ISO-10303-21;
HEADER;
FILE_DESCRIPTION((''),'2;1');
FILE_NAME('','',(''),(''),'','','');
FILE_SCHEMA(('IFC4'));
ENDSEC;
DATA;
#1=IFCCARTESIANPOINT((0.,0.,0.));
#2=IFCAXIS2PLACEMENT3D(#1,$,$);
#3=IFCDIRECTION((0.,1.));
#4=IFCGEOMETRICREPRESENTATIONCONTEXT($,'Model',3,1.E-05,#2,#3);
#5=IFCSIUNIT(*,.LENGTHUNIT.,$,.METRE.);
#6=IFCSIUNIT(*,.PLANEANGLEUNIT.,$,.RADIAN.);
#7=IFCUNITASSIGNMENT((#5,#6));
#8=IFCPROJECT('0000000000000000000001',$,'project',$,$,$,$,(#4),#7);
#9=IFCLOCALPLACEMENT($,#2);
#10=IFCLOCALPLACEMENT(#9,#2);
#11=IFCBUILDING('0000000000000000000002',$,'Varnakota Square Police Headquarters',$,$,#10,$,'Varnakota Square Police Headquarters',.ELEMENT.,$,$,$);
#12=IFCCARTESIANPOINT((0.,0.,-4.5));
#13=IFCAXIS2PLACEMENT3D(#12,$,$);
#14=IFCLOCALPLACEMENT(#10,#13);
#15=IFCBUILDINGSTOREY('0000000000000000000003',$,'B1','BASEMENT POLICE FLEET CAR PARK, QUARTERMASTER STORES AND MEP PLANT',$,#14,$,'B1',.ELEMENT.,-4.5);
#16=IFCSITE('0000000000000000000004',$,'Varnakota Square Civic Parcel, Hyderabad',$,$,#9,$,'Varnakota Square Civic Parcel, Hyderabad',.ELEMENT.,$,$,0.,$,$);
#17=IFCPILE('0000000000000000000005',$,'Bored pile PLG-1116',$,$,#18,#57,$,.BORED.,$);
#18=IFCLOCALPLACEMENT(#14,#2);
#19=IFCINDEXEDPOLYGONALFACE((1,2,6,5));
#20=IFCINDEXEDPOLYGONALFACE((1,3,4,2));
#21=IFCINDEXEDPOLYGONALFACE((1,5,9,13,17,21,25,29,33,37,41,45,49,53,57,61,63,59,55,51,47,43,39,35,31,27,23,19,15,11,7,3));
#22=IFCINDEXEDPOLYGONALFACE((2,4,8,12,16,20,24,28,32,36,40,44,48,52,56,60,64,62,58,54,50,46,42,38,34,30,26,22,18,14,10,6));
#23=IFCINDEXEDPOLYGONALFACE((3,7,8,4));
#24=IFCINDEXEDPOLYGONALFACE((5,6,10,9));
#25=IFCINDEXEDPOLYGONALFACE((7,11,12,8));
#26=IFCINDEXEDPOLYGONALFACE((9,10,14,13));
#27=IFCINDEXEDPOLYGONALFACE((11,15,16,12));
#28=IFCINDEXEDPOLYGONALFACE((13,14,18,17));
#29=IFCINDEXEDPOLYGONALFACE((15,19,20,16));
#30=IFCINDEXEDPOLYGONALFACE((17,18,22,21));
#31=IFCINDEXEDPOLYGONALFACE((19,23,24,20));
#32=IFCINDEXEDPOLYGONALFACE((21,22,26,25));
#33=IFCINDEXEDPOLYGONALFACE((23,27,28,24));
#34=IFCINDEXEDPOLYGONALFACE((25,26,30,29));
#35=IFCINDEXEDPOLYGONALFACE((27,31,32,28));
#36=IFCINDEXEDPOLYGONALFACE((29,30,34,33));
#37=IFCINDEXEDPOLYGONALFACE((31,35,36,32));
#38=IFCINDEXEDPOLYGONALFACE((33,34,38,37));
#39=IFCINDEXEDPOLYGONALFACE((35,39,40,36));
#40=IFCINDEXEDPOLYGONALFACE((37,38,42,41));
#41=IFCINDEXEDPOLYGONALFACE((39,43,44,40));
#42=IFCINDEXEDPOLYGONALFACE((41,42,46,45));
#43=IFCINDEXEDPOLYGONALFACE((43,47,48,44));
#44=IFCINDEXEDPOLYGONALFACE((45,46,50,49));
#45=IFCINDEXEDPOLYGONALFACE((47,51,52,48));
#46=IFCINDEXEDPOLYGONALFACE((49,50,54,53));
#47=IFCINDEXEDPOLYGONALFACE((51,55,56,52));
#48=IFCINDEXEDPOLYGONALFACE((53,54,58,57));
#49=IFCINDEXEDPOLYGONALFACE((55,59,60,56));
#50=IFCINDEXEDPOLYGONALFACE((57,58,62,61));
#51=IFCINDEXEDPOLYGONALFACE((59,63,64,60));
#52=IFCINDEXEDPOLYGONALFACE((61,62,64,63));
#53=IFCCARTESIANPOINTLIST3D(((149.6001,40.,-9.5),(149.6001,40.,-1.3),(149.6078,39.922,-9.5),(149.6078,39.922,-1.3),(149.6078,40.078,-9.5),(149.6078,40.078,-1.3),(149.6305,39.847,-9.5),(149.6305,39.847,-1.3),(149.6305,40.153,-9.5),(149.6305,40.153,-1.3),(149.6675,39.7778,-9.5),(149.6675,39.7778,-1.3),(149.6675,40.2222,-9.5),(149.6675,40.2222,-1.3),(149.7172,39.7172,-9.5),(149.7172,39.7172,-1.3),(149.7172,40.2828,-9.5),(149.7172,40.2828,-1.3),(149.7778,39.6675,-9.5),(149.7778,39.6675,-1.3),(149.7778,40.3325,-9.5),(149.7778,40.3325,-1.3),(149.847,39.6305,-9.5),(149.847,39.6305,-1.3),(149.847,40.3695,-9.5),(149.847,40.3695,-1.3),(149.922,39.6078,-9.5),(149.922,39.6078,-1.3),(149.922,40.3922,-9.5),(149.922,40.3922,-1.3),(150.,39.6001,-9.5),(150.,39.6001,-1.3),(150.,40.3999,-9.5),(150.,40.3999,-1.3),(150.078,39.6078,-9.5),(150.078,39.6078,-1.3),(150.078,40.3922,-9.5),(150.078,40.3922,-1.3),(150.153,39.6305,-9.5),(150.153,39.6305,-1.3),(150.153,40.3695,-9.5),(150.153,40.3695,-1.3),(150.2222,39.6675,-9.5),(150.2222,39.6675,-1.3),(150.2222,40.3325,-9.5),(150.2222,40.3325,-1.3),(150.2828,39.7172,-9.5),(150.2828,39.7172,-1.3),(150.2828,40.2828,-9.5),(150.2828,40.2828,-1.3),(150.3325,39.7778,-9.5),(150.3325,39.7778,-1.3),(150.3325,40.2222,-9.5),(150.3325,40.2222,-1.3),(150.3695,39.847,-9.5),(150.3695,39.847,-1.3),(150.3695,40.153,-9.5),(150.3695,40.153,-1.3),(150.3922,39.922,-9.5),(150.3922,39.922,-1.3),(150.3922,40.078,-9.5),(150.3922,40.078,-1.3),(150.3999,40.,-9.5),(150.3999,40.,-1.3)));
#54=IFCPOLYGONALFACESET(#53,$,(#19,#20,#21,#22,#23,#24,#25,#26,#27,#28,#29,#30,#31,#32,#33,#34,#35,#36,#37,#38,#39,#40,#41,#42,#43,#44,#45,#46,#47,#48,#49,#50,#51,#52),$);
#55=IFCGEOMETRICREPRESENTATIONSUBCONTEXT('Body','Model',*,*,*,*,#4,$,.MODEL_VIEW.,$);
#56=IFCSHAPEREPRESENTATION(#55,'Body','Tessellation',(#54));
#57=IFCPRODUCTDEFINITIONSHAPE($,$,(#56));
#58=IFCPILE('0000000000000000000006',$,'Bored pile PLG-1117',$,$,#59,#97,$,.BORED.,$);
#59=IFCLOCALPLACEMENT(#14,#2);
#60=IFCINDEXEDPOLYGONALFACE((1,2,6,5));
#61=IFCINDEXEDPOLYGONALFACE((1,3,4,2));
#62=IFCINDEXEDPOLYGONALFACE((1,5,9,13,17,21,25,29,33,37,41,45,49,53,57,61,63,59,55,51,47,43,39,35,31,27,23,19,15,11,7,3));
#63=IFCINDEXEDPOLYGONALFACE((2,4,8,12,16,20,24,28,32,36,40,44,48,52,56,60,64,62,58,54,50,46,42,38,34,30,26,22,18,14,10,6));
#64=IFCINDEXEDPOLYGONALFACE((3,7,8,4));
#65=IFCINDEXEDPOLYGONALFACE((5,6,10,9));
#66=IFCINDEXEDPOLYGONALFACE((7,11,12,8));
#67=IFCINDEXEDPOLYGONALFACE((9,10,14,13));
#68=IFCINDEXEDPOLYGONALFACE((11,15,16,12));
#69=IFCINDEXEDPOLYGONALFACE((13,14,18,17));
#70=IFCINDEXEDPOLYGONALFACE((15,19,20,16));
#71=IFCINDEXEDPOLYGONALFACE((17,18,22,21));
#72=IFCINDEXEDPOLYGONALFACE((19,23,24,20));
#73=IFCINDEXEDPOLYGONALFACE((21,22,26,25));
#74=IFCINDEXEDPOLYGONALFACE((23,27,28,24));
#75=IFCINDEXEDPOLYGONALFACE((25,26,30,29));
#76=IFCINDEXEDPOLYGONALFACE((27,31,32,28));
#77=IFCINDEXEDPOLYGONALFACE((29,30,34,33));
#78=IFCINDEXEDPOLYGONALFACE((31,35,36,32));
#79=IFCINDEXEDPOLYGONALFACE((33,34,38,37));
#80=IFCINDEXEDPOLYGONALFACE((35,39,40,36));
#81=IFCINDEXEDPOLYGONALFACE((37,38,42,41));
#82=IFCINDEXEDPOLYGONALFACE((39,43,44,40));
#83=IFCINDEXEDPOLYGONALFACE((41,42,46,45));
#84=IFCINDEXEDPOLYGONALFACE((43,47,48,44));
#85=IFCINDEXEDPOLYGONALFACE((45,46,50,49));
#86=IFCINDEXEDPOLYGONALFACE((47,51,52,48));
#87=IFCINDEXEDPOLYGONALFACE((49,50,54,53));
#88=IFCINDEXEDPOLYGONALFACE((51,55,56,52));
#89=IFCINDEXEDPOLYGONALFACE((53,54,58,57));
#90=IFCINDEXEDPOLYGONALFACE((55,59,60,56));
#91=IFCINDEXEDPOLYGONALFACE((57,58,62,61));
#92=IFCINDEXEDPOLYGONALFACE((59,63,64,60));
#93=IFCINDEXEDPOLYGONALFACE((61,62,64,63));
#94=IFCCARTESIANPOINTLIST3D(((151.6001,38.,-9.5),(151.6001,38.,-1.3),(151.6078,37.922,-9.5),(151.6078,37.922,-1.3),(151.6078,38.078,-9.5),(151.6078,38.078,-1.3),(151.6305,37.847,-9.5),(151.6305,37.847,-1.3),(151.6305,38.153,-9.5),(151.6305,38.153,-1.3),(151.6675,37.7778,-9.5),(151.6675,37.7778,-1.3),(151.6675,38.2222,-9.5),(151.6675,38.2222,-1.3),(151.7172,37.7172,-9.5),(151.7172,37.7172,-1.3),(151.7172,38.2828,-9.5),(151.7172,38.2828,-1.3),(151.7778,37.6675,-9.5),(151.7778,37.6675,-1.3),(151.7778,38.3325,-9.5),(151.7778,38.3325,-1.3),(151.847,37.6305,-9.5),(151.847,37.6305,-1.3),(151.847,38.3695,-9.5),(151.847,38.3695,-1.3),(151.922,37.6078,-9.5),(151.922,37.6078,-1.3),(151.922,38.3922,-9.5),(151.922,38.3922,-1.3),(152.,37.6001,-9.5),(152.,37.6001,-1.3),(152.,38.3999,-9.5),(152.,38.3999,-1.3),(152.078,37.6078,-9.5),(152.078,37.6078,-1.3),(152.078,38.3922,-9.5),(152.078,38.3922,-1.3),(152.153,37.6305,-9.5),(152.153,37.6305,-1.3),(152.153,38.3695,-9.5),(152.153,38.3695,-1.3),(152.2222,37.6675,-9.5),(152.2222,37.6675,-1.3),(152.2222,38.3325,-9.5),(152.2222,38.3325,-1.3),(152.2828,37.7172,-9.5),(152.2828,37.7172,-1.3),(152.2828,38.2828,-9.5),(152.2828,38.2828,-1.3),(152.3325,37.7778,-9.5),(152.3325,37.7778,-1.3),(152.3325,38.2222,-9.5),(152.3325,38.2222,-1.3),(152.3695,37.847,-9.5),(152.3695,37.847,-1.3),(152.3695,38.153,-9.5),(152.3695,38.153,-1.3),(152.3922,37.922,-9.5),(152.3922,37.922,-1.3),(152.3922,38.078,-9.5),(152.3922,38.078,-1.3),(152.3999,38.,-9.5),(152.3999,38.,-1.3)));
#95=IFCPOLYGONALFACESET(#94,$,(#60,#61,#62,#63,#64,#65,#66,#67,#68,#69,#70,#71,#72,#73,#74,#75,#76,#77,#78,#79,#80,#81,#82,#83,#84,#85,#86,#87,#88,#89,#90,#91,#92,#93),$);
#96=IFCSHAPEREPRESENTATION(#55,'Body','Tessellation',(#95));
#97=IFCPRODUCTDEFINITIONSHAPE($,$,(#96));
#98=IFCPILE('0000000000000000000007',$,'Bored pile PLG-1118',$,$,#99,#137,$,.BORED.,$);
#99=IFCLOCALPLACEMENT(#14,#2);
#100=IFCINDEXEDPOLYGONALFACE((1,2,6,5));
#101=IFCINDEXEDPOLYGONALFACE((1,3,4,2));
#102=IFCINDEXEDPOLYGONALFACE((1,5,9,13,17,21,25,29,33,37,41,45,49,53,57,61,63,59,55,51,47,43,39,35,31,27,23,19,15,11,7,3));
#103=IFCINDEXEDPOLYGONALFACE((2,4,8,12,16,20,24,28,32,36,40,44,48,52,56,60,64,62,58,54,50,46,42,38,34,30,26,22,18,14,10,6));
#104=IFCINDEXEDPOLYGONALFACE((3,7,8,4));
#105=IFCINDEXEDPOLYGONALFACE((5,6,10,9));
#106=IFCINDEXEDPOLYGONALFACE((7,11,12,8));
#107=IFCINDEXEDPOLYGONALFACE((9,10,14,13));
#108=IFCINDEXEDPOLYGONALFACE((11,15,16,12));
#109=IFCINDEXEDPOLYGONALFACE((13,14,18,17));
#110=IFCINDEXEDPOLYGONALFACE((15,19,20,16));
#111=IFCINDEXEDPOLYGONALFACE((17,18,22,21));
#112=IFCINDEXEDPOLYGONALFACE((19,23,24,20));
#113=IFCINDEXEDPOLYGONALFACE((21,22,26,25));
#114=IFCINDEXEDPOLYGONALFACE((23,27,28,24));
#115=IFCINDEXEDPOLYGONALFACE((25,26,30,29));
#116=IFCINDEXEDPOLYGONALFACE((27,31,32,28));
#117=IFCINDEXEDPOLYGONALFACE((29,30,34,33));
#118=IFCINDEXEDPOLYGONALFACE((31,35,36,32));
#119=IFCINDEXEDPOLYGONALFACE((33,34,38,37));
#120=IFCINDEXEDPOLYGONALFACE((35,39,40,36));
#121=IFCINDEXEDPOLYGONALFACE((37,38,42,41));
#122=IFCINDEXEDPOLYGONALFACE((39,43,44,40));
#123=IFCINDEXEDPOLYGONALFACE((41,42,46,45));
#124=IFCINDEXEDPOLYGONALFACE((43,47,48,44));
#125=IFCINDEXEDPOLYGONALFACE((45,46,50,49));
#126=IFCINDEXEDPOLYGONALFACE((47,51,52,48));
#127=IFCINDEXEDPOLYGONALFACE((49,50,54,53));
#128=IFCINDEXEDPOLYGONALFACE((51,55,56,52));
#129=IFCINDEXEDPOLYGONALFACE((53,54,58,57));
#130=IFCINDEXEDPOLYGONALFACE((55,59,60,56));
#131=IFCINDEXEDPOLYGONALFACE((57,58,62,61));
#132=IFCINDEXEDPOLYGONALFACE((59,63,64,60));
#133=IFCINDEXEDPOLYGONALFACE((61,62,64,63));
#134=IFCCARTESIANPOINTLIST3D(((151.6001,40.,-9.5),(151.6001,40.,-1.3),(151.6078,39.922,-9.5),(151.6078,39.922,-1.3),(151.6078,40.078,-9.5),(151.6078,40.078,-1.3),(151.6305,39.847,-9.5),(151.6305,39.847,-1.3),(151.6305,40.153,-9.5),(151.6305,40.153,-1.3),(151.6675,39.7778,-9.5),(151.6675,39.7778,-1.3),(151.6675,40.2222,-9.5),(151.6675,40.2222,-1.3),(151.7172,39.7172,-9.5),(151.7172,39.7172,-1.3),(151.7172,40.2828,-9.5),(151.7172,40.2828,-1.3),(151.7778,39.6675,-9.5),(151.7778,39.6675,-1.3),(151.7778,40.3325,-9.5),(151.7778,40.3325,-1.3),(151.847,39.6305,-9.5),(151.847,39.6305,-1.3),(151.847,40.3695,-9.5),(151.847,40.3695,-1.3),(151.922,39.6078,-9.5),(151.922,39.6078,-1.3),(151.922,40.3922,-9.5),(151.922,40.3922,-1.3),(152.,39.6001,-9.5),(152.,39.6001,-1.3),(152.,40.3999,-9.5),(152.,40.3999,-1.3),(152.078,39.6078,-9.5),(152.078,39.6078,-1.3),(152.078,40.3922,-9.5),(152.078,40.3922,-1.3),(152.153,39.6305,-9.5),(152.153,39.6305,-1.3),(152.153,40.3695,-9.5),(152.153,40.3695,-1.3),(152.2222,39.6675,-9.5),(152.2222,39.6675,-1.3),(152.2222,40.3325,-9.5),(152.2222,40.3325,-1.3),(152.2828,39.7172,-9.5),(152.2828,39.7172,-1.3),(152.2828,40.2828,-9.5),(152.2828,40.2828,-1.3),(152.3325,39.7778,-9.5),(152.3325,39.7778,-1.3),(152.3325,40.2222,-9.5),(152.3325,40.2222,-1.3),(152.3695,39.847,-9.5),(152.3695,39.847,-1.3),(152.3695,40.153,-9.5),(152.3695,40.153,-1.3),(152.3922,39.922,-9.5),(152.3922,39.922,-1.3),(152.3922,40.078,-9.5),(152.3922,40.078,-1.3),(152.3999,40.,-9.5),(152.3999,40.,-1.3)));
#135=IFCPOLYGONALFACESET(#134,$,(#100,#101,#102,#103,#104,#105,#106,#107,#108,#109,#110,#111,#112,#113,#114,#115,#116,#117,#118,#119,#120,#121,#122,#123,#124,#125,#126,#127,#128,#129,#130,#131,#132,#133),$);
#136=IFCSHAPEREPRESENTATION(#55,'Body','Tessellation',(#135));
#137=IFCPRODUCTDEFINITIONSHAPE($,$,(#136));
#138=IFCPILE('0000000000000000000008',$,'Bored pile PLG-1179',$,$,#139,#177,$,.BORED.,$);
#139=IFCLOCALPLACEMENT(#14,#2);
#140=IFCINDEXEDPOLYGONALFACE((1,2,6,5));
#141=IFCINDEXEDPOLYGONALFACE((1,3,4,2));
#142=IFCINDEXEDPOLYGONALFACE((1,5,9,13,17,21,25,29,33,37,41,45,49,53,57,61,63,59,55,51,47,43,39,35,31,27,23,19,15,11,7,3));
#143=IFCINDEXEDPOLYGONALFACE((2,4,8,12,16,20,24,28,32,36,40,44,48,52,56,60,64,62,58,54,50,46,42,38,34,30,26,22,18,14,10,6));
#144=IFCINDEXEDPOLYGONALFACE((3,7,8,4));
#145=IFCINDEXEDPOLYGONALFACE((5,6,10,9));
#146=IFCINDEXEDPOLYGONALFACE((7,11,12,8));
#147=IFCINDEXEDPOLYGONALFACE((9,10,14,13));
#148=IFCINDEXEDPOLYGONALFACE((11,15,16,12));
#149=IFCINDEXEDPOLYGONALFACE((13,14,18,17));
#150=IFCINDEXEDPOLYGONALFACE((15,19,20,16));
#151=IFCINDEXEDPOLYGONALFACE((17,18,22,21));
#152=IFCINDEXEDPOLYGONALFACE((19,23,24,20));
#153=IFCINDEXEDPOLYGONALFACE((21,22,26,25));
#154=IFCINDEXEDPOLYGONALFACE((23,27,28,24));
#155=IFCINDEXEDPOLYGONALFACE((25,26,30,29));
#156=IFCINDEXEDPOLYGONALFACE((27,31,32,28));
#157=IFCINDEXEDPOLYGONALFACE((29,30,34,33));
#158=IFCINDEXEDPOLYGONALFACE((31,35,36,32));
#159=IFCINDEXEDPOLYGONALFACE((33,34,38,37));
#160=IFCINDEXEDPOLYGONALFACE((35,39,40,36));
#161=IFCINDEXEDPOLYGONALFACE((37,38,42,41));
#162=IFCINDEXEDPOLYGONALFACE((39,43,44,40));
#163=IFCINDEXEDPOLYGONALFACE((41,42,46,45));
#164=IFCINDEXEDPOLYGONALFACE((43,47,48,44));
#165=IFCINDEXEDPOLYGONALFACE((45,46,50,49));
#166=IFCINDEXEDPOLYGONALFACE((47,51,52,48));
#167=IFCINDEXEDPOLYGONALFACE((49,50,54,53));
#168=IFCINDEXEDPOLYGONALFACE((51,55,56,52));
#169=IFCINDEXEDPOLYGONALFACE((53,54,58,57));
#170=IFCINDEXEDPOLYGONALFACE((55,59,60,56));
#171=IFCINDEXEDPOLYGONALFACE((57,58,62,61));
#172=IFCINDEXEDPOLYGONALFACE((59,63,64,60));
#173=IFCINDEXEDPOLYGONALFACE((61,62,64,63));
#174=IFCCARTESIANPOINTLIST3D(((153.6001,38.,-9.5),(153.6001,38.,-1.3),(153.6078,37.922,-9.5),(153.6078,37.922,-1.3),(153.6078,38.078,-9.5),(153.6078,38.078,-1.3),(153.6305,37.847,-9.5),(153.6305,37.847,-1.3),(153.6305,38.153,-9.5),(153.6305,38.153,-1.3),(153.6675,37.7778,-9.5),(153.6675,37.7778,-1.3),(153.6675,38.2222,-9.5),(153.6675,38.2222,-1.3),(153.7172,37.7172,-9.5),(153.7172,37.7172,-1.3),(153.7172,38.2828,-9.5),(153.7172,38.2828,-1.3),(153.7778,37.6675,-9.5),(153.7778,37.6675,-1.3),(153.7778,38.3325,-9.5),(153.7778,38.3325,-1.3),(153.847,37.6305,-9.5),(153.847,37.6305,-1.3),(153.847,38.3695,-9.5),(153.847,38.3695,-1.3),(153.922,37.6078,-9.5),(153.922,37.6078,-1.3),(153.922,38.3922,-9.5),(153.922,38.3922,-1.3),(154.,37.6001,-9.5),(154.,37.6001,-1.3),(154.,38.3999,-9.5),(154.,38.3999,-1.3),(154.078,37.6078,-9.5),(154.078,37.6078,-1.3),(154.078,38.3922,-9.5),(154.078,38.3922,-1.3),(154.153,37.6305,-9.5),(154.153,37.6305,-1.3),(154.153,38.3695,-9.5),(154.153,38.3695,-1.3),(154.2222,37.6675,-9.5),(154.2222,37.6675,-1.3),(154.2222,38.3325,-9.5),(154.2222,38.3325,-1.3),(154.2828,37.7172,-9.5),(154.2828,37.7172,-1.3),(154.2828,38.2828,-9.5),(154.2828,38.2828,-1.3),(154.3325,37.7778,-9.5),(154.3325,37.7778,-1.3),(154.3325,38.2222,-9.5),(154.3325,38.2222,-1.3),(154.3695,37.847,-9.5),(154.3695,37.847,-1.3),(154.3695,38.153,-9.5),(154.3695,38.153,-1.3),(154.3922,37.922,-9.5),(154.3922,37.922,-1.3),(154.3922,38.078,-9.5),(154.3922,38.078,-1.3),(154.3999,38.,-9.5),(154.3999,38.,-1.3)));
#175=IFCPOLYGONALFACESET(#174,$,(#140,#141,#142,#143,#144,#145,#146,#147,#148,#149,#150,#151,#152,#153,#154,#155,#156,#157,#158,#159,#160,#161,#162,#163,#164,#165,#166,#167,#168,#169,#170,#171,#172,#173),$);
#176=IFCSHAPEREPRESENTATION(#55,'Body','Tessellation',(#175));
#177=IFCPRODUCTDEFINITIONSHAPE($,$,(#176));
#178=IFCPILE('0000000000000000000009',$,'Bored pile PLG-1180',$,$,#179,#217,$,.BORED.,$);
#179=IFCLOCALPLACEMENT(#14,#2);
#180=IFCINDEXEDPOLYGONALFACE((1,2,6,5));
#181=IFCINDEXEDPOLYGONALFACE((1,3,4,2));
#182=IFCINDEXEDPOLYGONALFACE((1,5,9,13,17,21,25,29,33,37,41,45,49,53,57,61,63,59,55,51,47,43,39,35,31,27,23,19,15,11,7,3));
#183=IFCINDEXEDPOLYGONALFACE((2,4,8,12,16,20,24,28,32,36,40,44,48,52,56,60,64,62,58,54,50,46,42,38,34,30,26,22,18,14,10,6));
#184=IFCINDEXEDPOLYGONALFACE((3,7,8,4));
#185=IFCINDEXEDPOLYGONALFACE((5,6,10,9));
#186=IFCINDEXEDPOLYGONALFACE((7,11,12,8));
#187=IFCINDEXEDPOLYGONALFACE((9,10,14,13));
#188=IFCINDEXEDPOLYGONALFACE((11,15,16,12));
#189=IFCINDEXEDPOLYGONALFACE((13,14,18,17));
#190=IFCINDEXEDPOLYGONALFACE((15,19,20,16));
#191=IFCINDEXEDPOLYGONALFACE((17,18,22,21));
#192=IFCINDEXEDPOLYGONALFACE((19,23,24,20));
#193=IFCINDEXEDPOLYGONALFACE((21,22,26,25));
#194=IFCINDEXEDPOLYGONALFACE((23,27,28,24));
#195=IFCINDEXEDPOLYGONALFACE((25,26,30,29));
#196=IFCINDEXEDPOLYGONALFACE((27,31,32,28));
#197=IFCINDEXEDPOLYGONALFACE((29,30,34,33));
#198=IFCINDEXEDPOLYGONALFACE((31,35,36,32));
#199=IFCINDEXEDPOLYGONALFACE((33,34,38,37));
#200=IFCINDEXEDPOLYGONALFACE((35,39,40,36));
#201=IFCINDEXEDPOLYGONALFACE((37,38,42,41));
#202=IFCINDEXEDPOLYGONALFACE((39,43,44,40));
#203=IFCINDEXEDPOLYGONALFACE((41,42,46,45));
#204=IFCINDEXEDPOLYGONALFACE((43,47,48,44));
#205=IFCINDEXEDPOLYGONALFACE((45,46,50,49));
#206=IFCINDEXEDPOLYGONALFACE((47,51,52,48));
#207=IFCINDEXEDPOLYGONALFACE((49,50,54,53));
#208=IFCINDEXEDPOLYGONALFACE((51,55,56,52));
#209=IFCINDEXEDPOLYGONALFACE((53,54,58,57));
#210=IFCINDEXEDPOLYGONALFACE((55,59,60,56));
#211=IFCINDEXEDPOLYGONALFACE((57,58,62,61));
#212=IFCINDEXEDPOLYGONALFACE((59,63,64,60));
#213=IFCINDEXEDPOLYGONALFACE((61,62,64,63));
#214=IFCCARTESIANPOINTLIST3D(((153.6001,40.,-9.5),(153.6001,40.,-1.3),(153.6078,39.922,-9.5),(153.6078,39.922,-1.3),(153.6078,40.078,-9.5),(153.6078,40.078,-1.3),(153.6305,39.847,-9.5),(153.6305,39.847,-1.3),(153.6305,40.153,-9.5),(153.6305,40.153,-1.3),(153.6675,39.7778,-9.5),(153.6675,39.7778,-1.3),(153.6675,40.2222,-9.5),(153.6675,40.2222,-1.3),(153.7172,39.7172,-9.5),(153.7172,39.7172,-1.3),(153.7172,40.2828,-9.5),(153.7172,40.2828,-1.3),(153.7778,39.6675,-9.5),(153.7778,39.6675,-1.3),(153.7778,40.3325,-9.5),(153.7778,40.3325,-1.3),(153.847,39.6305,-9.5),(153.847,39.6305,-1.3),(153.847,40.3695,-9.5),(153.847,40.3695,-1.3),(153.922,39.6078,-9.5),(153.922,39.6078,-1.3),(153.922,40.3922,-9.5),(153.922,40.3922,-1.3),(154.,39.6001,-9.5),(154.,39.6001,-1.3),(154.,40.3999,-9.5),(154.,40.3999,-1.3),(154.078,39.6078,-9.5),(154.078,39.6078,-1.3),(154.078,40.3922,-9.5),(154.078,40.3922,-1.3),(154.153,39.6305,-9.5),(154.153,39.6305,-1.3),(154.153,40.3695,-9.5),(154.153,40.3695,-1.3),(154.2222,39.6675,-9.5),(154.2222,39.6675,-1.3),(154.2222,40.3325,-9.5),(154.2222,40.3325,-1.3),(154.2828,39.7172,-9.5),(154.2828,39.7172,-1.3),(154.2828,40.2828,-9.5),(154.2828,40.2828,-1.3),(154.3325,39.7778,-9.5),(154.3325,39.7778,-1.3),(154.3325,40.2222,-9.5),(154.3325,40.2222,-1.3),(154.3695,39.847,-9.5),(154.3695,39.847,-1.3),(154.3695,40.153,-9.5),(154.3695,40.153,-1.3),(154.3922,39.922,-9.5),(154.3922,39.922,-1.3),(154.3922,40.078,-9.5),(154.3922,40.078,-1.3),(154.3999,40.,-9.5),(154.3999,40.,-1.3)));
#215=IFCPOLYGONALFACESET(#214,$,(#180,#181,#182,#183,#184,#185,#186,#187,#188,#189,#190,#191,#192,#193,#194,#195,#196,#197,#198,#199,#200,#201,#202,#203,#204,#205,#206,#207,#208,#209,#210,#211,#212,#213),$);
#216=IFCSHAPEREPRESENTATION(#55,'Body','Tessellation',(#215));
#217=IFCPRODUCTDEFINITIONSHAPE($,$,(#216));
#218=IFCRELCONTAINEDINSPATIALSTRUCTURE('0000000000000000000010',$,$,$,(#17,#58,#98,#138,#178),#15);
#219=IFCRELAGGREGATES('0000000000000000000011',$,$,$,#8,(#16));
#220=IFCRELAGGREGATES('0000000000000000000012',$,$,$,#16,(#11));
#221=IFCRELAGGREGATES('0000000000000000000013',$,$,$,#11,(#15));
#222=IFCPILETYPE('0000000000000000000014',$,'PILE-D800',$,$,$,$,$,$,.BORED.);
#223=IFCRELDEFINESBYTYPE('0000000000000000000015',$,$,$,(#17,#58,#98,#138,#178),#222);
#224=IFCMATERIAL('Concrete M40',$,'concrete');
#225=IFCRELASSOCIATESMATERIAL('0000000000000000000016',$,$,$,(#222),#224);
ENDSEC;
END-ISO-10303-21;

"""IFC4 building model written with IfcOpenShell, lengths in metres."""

from ifc_helpers import new_model, si_unit, direction, frame, origin, origin_2d, place, context, subcontext, project, spatial, circle, extrude, material, material_profile, profile_set, type_object, element, save


model = new_model("IFC4")

# Units and contexts
model_context = context("Model", 3, precision=1e-05, world=origin(), true_north=direction((0.0, 1.0)))
body_context = subcontext(model_context, "Body", "Model", "MODEL_VIEW")
ifc_project = project(units=[si_unit("LENGTHUNIT", "METRE"), si_unit("PLANEANGLEUNIT", "RADIAN")], contexts=[model_context])

# Site, building, storey
site_placement = place(None, origin())
site = spatial("IfcSite", under=ifc_project, at=site_placement, Name="Varnakota Square Civic Parcel, Hyderabad", LongName="Varnakota Square Civic Parcel, Hyderabad", CompositionType="ELEMENT", RefElevation=0.0)
building_placement = place(site_placement, origin())
building = spatial("IfcBuilding", under=site, at=building_placement, Name="Varnakota Square Police Headquarters", LongName="Varnakota Square Police Headquarters", CompositionType="ELEMENT")
storey_placement = place(building_placement, frame((0.0, 0.0, -4.5)))
storey = spatial("IfcBuildingStorey", under=building, at=storey_placement, Name="B1", Description="BASEMENT POLICE FLEET CAR PARK, QUARTERMASTER STORES AND MEP PLANT", LongName="B1", CompositionType="ELEMENT", Elevation=-4.5)

# Shared definitions
ifc_material_1 = material(Name="Concrete M40", Category="concrete")

# Piles
ifc_material_profile_1 = material_profile(ifc_material_1, circle(Radius=0.3999, at=origin_2d()), Name="BORED PILE 800")
ifc_profile_set_1 = profile_set([ifc_material_profile_1], Name="Concrete M40")
pile_type_1 = type_object("IfcPileType", Name="PILE-D800", PredefinedType="BORED", material=ifc_profile_set_1)
for number, where, z_axis, x_axis, name in (
    (1, (150.0, 40.0, -1.3), (0.0, 0.0, -1.0), (1.0, 0.0, 0.0), "Bored pile PLG-1116"),
    (2, (152.0, 38.0, -1.3), (0.0, 0.0, -1.0), (1.0, 0.0, 0.0), "Bored pile PLG-1117"),
    (3, (152.0, 40.0, -1.3), (0.0, 0.0, -1.0), (1.0, 0.0, 0.0), "Bored pile PLG-1118"),
    (4, (154.0, 38.0, -1.3), (0.0, 0.0, -1.0), (1.0, 0.0, 0.0), "Bored pile PLG-1179"),
    (5, (154.0, 40.0, -1.3), (0.0, 0.0, -1.0), (1.0, 0.0, 0.0), "Bored pile PLG-1180"),
):
    element("IfcPile", number, at=place(storey_placement, frame(where, z_axis=z_axis, x_axis=x_axis)), inside=storey, type_object=pile_type_1, Name=name, PredefinedType="BORED", context=body_context, shape_type="SweptSolid", body=[
        extrude(circle(Radius=0.3999, at=origin_2d()), origin(), (0.0, 0.0, 1.0), 8.2),
    ])

save(model, "model.ifc")
